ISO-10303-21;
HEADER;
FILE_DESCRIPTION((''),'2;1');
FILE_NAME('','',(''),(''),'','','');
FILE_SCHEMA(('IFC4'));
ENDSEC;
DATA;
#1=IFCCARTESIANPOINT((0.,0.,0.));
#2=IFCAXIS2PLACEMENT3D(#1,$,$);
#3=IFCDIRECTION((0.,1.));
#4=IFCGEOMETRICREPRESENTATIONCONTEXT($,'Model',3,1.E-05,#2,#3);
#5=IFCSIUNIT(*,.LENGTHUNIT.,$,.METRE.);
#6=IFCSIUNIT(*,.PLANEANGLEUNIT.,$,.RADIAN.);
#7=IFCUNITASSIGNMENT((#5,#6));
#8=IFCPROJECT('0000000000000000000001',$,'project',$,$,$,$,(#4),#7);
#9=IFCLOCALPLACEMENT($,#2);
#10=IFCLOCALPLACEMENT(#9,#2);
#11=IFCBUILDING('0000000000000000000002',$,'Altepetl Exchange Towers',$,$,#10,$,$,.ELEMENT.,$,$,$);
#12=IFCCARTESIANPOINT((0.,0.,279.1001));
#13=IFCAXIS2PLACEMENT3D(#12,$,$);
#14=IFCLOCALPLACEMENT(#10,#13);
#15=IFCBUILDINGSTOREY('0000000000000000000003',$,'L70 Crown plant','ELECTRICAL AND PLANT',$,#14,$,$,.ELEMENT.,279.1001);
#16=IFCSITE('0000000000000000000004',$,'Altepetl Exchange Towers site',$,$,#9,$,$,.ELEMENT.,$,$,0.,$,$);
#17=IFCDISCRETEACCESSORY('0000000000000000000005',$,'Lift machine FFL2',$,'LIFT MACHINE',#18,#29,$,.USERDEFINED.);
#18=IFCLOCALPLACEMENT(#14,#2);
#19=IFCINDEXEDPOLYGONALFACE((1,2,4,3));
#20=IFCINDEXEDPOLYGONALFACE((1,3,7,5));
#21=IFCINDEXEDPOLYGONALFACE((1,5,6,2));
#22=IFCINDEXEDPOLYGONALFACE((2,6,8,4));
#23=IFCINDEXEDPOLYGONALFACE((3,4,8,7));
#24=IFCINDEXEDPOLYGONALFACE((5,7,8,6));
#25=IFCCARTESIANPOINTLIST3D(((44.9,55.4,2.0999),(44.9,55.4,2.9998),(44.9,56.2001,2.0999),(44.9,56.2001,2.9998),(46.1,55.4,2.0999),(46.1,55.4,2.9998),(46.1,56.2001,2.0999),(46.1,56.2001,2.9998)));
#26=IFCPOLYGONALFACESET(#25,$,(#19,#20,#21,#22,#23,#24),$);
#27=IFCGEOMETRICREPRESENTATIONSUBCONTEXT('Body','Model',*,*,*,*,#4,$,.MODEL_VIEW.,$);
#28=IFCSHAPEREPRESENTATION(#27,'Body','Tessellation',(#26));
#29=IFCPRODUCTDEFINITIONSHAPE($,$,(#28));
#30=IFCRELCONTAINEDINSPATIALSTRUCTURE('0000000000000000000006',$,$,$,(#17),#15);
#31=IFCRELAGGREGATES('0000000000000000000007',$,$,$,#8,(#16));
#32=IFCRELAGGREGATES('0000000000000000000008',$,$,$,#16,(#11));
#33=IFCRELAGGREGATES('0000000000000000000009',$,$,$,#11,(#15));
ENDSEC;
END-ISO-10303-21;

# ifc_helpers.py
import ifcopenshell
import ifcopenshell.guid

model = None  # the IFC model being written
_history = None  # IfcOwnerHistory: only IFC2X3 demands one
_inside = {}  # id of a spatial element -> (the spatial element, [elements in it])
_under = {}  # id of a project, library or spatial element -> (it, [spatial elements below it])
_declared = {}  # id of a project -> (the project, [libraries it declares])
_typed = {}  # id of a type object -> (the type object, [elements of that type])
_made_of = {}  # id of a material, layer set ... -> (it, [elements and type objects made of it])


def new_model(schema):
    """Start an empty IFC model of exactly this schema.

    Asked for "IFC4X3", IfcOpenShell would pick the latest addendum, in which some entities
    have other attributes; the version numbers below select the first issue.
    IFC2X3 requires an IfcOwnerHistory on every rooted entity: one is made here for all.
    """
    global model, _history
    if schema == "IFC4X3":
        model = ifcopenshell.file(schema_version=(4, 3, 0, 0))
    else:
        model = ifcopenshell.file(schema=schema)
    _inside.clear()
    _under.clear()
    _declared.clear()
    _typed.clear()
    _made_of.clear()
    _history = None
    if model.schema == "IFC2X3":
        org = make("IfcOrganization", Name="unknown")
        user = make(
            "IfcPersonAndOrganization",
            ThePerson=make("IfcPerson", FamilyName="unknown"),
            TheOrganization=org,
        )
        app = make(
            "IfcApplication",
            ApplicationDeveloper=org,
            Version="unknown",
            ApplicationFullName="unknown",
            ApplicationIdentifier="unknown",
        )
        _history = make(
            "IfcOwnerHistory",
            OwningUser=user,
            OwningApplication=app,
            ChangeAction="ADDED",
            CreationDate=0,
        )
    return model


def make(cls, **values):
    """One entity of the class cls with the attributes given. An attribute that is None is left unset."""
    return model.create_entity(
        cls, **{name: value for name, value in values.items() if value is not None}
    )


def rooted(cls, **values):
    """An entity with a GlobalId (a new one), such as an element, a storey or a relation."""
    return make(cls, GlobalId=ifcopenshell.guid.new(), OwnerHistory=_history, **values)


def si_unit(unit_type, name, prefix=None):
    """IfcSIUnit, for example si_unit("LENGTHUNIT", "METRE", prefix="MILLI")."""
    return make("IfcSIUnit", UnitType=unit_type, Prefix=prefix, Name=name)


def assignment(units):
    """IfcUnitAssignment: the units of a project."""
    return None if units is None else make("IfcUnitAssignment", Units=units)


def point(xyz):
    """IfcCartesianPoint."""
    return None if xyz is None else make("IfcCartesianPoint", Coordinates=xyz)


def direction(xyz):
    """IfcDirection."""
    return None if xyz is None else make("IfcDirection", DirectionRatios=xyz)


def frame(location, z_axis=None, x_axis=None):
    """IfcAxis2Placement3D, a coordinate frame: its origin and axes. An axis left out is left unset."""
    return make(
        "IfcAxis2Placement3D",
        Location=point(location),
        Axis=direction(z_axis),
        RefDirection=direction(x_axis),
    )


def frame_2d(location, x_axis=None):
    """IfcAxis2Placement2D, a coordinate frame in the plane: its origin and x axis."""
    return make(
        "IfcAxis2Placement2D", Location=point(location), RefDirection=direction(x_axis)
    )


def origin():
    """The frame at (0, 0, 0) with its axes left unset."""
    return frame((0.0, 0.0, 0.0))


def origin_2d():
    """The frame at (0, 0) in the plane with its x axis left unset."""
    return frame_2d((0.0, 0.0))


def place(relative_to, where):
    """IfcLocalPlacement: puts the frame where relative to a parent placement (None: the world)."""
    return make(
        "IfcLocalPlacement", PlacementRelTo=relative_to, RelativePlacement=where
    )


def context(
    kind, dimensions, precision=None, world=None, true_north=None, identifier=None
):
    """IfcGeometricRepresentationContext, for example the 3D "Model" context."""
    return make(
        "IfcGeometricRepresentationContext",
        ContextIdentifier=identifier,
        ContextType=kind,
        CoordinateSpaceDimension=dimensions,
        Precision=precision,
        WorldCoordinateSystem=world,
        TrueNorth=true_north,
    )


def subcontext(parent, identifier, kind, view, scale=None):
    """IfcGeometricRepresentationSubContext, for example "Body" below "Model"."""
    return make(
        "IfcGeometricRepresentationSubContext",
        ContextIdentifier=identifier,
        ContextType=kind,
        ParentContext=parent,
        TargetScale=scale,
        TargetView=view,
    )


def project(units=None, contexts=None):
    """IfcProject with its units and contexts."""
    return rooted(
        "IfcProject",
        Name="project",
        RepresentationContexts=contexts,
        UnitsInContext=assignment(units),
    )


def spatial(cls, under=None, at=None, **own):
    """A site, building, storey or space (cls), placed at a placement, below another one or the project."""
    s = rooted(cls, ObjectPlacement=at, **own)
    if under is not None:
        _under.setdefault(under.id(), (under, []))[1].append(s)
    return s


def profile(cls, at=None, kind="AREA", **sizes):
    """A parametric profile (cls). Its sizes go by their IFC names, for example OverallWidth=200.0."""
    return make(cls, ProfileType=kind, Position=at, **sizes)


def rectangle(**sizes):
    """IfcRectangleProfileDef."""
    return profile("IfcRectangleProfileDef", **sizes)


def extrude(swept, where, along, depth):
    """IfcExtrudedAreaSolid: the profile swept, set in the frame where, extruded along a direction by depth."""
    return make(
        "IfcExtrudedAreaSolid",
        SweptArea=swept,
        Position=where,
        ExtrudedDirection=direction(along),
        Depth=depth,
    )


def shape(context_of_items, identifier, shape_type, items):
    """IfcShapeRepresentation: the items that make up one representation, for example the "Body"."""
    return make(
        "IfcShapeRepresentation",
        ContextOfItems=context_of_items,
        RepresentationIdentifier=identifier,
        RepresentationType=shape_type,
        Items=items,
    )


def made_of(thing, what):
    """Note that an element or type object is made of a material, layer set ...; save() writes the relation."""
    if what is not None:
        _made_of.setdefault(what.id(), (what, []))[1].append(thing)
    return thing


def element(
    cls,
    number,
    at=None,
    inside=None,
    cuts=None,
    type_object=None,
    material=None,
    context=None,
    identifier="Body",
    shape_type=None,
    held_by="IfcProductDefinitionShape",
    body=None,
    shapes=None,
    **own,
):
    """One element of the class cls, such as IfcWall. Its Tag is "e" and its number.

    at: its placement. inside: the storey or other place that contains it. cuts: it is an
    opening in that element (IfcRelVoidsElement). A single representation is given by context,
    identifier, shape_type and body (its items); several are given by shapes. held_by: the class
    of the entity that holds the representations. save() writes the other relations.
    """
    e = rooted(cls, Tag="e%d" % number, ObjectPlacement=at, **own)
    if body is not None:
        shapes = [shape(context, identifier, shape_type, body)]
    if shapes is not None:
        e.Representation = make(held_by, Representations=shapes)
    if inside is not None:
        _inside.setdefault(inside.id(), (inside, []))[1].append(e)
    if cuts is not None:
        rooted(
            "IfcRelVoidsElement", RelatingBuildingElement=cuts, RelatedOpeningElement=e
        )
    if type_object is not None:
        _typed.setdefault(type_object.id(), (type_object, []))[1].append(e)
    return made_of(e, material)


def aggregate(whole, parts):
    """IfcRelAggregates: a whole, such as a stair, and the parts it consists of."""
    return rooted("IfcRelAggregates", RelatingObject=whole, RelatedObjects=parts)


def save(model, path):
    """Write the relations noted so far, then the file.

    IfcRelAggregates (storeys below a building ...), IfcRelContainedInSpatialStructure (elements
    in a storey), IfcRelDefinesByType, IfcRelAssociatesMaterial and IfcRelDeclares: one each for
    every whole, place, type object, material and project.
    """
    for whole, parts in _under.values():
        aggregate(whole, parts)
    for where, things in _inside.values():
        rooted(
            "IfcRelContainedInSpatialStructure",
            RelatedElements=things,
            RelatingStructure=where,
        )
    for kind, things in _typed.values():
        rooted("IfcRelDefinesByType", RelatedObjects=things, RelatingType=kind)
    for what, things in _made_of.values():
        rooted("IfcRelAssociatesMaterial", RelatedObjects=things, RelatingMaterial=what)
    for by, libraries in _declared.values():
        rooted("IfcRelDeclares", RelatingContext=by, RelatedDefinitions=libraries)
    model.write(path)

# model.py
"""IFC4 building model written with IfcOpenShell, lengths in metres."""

from ifc_helpers import new_model, si_unit, direction, frame, origin, origin_2d, place, context, subcontext, project, spatial, rectangle, extrude, element, save


model = new_model("IFC4")

# Units and contexts
model_context = context("Model", 3, precision=1e-05, world=origin(), true_north=direction((0.0, 1.0)))
body_context = subcontext(model_context, "Body", "Model", "MODEL_VIEW")
ifc_project = project(units=[si_unit("LENGTHUNIT", "METRE"), si_unit("PLANEANGLEUNIT", "RADIAN")], contexts=[model_context])

# Site, building, storey
site_placement = place(None, origin())
site = spatial("IfcSite", under=ifc_project, at=site_placement, Name="Altepetl Exchange Towers site", CompositionType="ELEMENT", RefElevation=0.0)
building_placement = place(site_placement, origin())
building = spatial("IfcBuilding", under=site, at=building_placement, Name="Altepetl Exchange Towers", CompositionType="ELEMENT")
storey_placement = place(building_placement, frame((0.0, 0.0, 279.1001)))
storey = spatial("IfcBuildingStorey", under=building, at=storey_placement, Name="L70 Crown plant", Description="ELECTRICAL AND PLANT", CompositionType="ELEMENT", Elevation=279.1001)

# Discrete accessory
for number, where, name in (
    (1, (45.5, 55.8, 2.0999), "Lift machine FFL2"),
):
    element("IfcDiscreteAccessory", number, at=place(storey_placement, frame(where)), inside=storey, Name=name, ObjectType="LIFT MACHINE", PredefinedType="USERDEFINED", context=body_context, shape_type="SweptSolid", body=[
        extrude(rectangle(XDim=1.2, YDim=0.8, at=origin_2d()), origin(), (0.0, 0.0, 1.0), 0.8999),
    ])

save(model, "model.ifc")
